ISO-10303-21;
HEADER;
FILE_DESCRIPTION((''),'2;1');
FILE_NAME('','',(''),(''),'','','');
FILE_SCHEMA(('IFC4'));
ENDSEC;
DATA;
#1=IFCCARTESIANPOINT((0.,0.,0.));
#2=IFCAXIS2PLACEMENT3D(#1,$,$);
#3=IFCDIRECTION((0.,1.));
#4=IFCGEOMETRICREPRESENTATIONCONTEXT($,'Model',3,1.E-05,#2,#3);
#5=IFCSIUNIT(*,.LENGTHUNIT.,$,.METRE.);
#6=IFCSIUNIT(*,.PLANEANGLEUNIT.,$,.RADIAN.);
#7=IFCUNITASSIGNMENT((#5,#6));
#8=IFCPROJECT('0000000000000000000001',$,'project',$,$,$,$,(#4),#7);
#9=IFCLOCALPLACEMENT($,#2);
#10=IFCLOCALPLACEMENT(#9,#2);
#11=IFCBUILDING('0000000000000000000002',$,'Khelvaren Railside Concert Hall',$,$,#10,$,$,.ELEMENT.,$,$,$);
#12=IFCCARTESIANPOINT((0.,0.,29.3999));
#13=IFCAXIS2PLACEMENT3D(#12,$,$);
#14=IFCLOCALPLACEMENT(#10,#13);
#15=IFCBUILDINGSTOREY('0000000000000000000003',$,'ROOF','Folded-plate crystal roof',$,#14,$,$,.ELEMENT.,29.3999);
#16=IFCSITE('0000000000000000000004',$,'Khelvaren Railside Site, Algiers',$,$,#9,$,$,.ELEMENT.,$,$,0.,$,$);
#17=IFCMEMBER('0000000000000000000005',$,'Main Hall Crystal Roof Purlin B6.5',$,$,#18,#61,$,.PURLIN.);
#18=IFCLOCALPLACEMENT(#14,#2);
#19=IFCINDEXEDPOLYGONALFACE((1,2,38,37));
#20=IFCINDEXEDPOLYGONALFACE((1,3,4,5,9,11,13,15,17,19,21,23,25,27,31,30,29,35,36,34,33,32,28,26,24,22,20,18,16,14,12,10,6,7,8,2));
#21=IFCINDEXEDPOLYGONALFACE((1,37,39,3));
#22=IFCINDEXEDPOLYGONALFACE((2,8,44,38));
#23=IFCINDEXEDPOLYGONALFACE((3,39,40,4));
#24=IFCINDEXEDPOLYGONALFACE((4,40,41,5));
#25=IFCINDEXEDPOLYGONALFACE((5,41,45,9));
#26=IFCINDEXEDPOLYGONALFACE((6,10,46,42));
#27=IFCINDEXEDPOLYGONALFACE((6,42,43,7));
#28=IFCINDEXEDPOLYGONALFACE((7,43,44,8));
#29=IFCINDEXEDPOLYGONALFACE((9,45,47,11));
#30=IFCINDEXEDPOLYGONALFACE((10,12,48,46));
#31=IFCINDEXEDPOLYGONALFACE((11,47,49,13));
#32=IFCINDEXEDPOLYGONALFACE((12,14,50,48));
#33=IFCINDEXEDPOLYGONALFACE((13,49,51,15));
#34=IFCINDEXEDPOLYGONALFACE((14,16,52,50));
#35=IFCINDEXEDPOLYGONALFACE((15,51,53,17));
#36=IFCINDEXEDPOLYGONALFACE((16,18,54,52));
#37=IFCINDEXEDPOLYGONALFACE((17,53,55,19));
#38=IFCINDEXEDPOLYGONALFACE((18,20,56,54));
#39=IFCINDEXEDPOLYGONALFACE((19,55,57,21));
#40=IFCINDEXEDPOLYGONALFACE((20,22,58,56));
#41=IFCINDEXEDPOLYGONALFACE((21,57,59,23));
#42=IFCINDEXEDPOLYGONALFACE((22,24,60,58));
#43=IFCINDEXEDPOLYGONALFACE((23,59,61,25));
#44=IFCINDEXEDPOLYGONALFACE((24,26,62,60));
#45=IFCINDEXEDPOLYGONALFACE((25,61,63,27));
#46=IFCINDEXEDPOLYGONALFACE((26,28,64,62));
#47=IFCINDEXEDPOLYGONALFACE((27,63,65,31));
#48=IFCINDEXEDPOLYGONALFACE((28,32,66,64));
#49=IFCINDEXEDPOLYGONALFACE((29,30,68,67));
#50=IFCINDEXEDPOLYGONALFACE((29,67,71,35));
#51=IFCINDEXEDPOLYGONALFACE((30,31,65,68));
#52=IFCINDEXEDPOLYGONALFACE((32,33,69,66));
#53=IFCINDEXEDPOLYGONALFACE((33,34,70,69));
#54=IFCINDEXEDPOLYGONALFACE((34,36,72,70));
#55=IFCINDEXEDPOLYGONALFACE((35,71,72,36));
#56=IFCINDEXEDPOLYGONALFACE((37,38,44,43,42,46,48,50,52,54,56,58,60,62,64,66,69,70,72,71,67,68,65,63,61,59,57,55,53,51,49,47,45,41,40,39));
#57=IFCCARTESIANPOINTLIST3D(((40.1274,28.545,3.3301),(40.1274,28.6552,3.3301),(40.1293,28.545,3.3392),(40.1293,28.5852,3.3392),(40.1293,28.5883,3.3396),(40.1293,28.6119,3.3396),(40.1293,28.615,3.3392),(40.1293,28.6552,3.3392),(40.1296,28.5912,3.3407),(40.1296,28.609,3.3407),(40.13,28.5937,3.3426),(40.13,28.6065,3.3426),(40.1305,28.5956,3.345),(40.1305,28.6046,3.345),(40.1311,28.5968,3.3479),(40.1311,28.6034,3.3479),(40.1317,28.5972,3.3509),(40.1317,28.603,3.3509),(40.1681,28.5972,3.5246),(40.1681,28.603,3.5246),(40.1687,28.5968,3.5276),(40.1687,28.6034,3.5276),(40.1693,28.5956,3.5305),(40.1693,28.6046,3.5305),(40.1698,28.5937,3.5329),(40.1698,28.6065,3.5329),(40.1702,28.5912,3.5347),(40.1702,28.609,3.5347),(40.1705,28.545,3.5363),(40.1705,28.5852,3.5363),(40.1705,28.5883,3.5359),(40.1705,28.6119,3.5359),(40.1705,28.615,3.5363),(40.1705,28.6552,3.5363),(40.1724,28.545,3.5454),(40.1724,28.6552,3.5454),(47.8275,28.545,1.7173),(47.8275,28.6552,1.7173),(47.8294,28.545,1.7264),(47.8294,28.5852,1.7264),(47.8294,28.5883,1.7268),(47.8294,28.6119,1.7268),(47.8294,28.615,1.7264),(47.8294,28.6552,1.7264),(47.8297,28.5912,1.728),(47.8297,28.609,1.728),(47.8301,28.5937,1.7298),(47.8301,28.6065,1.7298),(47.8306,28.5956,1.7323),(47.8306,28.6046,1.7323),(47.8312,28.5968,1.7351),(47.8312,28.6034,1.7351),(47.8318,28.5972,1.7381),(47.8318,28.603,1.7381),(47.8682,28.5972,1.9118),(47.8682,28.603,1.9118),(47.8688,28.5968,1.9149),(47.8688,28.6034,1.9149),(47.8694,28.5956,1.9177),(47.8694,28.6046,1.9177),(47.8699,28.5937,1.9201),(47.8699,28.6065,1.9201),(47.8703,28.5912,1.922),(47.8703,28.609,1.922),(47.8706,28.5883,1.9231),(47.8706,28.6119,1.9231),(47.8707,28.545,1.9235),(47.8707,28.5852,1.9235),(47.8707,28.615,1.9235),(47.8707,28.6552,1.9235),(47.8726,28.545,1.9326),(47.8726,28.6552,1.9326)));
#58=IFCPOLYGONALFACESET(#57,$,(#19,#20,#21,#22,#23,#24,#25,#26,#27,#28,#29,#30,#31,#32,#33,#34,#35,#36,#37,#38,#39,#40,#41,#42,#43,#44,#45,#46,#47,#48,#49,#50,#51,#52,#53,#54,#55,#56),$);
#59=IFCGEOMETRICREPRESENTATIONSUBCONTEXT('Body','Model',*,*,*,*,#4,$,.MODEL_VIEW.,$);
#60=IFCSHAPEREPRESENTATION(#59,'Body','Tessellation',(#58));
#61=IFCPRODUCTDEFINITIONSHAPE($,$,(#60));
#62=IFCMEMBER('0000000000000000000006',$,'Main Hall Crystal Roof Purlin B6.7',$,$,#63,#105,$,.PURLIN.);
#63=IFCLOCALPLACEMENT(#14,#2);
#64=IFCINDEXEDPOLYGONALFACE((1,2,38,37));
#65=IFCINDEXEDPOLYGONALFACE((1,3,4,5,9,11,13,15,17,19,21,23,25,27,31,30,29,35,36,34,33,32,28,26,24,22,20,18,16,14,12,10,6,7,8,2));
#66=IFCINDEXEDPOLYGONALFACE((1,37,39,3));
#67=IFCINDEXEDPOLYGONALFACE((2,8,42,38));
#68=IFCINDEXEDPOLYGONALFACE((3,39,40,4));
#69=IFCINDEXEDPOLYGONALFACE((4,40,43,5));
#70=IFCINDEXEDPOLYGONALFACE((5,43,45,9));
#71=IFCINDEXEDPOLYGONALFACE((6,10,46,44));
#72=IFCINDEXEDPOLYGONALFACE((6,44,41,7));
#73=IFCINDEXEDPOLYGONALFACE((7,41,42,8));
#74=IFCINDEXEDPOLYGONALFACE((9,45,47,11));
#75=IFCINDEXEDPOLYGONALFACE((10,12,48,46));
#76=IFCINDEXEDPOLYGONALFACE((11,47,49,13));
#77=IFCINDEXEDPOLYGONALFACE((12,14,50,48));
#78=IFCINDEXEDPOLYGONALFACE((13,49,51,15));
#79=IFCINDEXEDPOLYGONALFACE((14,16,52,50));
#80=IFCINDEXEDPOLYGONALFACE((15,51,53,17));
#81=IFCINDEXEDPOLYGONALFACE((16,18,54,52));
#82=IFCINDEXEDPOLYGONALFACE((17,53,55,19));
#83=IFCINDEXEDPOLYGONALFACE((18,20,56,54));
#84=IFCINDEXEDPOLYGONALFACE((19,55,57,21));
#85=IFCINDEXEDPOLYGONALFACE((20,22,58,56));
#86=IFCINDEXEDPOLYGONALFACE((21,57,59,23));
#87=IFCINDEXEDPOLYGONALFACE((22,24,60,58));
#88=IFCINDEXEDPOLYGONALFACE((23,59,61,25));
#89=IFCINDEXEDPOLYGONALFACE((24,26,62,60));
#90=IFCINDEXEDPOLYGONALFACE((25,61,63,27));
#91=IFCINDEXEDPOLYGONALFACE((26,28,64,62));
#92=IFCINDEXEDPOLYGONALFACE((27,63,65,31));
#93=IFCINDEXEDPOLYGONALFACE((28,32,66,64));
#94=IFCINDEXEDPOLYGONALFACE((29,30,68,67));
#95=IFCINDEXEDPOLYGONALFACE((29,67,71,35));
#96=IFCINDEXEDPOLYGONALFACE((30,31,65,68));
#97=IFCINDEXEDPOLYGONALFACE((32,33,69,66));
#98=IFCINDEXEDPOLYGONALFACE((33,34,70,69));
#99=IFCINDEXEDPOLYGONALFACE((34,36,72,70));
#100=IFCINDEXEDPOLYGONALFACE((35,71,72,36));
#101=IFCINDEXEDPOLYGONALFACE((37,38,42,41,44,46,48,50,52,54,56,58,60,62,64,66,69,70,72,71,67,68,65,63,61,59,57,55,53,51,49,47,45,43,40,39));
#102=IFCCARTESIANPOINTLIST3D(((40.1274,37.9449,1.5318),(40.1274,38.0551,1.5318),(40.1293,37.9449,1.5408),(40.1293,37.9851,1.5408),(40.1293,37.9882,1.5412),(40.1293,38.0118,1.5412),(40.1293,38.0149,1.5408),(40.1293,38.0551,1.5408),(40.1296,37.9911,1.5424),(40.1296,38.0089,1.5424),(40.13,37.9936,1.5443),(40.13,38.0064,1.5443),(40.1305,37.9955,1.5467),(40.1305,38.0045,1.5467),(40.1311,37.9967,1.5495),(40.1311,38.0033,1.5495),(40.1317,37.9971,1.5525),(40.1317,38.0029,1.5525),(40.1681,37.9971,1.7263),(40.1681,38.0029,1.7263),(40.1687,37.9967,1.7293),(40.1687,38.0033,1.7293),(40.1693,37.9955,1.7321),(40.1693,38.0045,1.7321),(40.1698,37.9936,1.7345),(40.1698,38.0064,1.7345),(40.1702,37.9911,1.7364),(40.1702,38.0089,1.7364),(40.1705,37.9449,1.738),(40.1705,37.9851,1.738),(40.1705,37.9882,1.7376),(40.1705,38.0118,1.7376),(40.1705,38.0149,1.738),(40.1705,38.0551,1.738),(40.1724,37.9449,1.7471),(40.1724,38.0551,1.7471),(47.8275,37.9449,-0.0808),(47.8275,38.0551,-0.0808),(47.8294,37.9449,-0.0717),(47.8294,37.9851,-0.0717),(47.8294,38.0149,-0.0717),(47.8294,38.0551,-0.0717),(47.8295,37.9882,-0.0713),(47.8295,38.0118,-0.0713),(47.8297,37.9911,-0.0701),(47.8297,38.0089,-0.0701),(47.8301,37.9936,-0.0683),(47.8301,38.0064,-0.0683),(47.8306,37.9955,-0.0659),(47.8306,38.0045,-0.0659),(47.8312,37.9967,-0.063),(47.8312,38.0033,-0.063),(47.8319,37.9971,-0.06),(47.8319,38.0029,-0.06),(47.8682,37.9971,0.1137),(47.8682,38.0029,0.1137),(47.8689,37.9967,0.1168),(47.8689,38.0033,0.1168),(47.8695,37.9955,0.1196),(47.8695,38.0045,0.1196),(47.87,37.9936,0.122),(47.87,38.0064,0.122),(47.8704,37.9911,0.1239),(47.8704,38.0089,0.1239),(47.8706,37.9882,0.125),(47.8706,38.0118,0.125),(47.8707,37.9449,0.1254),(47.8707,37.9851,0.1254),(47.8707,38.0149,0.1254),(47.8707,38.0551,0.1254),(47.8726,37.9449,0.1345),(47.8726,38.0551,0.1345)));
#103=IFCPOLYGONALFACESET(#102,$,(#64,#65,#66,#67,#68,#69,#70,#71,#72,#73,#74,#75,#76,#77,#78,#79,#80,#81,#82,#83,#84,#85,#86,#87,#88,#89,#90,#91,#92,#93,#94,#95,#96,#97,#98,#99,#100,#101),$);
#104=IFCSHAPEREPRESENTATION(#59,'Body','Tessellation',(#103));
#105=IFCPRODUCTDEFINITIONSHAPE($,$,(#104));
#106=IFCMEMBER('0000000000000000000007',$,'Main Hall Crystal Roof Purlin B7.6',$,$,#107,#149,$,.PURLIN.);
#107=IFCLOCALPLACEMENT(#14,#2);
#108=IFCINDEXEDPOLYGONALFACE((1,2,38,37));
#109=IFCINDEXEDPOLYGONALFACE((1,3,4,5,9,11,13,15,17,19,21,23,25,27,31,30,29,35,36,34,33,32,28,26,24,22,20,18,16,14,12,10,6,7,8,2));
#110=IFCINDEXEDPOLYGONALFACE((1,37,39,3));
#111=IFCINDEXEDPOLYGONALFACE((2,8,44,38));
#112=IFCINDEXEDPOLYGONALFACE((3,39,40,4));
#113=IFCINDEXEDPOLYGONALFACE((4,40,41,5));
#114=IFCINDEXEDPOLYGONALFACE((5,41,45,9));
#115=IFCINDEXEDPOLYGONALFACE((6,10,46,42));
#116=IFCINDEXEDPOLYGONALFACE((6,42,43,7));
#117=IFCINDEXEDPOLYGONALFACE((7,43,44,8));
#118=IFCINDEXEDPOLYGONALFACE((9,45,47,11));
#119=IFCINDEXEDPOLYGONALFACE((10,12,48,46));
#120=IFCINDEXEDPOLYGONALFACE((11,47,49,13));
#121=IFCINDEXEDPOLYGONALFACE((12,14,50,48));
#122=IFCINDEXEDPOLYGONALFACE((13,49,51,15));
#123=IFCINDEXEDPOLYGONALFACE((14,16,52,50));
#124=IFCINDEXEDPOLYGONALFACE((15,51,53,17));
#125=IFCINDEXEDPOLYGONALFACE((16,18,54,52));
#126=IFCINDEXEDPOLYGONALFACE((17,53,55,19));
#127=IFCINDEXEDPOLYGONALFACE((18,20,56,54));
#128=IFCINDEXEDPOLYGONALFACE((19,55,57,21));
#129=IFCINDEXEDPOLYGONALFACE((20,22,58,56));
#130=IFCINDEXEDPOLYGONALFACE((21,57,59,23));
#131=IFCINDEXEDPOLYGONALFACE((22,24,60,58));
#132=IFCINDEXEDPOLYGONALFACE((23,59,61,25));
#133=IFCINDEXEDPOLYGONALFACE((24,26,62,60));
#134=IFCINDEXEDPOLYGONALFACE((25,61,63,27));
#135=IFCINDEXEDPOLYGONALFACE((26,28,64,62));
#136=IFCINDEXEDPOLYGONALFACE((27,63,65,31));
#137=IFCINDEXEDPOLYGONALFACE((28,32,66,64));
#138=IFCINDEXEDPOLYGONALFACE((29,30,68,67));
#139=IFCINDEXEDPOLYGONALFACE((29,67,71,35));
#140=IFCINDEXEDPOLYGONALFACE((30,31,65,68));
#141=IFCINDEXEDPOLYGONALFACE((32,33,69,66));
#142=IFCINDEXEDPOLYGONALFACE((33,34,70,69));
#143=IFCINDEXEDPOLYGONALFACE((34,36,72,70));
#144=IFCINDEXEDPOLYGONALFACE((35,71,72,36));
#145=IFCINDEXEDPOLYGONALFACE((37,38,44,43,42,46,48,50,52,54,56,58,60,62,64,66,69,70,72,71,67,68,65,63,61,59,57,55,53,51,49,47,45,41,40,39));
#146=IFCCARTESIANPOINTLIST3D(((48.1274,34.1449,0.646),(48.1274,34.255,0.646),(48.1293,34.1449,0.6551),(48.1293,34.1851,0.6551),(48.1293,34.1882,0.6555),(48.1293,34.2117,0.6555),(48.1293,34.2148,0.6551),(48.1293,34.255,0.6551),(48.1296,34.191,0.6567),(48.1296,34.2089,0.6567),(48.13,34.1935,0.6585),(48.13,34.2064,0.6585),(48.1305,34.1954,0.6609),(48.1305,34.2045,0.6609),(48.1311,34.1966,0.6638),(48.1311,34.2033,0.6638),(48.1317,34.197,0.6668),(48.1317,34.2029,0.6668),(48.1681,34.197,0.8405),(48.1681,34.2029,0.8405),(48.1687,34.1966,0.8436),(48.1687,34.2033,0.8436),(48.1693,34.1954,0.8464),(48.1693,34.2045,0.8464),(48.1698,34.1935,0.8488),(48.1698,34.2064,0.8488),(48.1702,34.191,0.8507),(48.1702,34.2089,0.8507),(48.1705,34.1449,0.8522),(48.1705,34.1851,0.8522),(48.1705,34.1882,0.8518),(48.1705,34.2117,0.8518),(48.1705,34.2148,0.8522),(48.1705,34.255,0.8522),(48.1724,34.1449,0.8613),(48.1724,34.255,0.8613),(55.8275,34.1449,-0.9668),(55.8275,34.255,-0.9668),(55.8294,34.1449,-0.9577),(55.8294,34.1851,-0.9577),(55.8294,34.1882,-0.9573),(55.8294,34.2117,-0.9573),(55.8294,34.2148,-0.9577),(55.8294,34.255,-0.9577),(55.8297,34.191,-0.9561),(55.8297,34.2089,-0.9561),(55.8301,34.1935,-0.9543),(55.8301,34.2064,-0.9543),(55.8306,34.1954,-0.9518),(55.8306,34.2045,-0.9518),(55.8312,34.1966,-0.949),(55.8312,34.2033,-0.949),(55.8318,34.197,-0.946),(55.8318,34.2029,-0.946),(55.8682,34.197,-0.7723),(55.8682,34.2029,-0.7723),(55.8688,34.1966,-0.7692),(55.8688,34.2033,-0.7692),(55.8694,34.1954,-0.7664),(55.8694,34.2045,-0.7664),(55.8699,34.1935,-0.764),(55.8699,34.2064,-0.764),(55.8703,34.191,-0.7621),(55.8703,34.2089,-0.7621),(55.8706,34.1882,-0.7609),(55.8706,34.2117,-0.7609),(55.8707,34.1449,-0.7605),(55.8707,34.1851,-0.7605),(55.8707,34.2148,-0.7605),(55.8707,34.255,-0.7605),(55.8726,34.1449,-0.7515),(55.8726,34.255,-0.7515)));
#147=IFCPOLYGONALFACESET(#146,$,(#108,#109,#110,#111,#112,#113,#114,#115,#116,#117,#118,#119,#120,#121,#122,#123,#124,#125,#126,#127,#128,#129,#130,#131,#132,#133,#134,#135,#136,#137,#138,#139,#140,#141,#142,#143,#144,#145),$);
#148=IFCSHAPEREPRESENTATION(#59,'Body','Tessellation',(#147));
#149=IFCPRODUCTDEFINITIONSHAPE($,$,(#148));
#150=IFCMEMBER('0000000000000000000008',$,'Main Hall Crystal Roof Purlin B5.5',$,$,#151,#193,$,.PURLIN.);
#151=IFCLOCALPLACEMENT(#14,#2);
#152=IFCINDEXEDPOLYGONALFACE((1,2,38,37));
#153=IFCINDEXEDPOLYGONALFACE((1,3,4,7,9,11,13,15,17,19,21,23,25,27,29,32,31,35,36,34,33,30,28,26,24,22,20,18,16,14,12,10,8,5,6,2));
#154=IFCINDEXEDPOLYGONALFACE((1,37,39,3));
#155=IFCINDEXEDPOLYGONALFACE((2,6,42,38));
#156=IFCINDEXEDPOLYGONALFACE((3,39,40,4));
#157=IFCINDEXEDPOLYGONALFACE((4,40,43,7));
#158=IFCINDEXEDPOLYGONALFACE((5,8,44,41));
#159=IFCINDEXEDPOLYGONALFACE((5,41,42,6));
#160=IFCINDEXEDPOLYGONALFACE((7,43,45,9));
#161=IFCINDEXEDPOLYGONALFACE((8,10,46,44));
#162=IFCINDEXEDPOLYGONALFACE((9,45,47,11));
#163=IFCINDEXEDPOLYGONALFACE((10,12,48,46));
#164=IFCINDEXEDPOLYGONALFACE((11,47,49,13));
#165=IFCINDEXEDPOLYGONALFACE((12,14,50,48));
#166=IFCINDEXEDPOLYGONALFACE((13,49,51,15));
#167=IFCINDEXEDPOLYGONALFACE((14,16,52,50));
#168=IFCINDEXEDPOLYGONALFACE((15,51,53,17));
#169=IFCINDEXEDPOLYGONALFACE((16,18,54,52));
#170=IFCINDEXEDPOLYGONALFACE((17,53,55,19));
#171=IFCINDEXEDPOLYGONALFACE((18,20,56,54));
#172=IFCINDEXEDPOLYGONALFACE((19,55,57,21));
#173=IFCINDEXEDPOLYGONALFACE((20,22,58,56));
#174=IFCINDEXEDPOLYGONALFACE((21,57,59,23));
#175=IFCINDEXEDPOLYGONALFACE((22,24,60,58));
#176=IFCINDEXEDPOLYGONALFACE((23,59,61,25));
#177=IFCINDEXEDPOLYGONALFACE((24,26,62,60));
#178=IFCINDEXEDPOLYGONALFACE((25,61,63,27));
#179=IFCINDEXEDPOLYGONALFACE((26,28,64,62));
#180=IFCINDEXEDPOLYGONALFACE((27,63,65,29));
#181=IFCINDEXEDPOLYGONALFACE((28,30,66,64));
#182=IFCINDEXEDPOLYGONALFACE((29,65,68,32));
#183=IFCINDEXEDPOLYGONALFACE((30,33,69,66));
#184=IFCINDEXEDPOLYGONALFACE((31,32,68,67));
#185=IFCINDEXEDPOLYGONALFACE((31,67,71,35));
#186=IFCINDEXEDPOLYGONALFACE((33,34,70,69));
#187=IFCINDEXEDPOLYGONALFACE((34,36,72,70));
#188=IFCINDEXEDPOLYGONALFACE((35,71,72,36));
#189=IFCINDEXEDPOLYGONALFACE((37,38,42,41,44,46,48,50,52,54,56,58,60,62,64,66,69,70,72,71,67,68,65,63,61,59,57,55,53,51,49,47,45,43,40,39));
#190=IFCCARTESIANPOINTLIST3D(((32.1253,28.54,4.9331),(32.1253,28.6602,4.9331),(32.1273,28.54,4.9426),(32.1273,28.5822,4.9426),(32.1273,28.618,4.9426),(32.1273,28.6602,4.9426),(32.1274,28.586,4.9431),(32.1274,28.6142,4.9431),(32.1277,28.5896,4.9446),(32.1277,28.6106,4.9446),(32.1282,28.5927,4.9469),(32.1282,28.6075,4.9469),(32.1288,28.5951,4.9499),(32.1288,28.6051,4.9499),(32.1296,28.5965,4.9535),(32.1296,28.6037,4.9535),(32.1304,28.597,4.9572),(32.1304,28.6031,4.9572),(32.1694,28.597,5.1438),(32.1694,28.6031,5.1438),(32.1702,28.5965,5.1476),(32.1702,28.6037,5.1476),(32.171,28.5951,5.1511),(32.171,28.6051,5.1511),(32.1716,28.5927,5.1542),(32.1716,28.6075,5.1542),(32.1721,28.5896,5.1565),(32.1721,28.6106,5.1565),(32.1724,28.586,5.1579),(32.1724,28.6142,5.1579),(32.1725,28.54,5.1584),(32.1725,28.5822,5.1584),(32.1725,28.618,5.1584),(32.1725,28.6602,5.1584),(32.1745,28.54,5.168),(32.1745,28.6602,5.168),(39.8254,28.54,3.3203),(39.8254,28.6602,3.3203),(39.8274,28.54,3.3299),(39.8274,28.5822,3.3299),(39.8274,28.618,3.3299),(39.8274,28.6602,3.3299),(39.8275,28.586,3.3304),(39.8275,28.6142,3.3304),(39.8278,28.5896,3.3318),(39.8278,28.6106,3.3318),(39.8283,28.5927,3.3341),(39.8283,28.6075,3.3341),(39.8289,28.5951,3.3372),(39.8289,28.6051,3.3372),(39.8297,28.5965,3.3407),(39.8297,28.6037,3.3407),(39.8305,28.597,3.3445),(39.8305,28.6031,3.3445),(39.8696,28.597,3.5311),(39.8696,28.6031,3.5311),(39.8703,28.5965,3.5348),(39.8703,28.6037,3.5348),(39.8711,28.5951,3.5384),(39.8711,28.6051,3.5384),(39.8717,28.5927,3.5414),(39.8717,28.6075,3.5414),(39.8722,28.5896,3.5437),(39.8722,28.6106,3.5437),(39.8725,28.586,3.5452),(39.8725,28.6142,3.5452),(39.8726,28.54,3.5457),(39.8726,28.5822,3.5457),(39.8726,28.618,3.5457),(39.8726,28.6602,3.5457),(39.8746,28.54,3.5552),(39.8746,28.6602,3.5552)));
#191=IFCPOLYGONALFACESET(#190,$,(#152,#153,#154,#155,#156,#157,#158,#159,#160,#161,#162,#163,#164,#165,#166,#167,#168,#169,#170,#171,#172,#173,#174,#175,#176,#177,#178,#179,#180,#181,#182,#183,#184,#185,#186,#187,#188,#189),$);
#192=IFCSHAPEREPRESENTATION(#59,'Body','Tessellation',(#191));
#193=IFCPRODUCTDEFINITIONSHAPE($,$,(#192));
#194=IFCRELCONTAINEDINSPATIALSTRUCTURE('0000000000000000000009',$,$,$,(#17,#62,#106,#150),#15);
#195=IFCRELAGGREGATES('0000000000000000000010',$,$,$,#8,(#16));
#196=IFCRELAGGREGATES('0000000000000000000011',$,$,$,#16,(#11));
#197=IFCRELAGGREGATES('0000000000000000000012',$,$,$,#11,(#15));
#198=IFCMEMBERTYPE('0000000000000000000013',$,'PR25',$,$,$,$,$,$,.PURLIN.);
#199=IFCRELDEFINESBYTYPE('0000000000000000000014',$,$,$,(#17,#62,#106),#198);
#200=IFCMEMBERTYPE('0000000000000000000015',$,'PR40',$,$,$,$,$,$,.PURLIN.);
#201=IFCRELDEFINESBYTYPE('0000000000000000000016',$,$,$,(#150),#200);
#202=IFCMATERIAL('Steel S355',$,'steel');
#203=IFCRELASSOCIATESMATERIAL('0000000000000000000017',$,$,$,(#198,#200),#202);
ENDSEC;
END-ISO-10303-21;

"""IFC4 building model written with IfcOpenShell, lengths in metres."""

from ifc_helpers import new_model, si_unit, direction, frame, origin, origin_2d, place, context, subcontext, project, spatial, i_section, extrude, material, material_profile, profile_set, type_object, element, save


model = new_model("IFC4")

# Units and contexts
model_context = context("Model", 3, precision=1e-05, world=origin(), true_north=direction((0.0, 1.0)))
body_context = subcontext(model_context, "Body", "Model", "MODEL_VIEW")
ifc_project = project(units=[si_unit("LENGTHUNIT", "METRE"), si_unit("PLANEANGLEUNIT", "RADIAN")], contexts=[model_context])

# Site, building, storey
site_placement = place(None, origin())
site = spatial("IfcSite", under=ifc_project, at=site_placement, Name="Khelvaren Railside Site, Algiers", CompositionType="ELEMENT", RefElevation=0.0)
building_placement = place(site_placement, origin())
building = spatial("IfcBuilding", under=site, at=building_placement, Name="Khelvaren Railside Concert Hall", CompositionType="ELEMENT")
storey_placement = place(building_placement, frame((0.0, 0.0, 29.3999)))
storey = spatial("IfcBuildingStorey", under=building, at=storey_placement, Name="ROOF", Description="Folded-plate crystal roof", CompositionType="ELEMENT", Elevation=29.3999)

# Shared definitions
ifc_material_1 = material(Name="Steel S355", Category="steel")

# Members
ifc_material_profile_1 = material_profile(ifc_material_1, i_section(OverallWidth=0.1101, OverallDepth=0.22, WebThickness=0.0059, FlangeThickness=0.0093, FilletRadius=0.012, at=origin_2d()), Name="IPE 220")
ifc_profile_set_1 = profile_set([ifc_material_profile_1], Name="Steel S355")
member_type_1 = type_object("IfcMemberType", Name="PR25", PredefinedType="PURLIN", material=ifc_profile_set_1)
for number, where, z_axis, x_axis, name in (
    (1, (40.1499, 28.6001, 3.4377), (0.978762, 0.0, -0.205), (0.0, 1.0, 0.0), "Main Hall Crystal Roof Purlin B6.5"),
    (2, (40.1499, 38.0, 1.6394), (0.978768, 0.0, -0.20497), (0.0, 1.0, 0.0), "Main Hall Crystal Roof Purlin B6.7"),
    (3, (48.1499, 34.2, 0.7537), (0.978762, 0.0, -0.205), (0.0, 1.0, 0.0), "Main Hall Crystal Roof Purlin B7.6"),
):
    element("IfcMember", number, at=place(storey_placement, frame(where, z_axis=z_axis, x_axis=x_axis)), inside=storey, type_object=member_type_1, Name=name, PredefinedType="PURLIN", context=body_context, shape_type="SweptSolid", body=[
        extrude(i_section(OverallWidth=0.1101, OverallDepth=0.22, WebThickness=0.0059, FlangeThickness=0.0093, FilletRadius=0.012, at=origin_2d()), origin(), (0.0, 0.0, 1.0), 7.8672),
    ])
ifc_material_profile_2 = material_profile(ifc_material_1, i_section(OverallWidth=0.1201, OverallDepth=0.24, WebThickness=0.0061, FlangeThickness=0.0098, FilletRadius=0.0149, at=origin_2d()), Name="IPE 240")
ifc_profile_set_2 = profile_set([ifc_material_profile_2], Name="Steel S355")
member_type_2 = type_object("IfcMemberType", Name="PR40", PredefinedType="PURLIN", material=ifc_profile_set_2)
for number, where, z_axis, x_axis, name in (
    (4, (32.1499, 28.6001, 5.0505), (0.978762, 0.0, -0.205), (0.0, 1.0, 0.0), "Main Hall Crystal Roof Purlin B5.5"),
):
    element("IfcMember", number, at=place(storey_placement, frame(where, z_axis=z_axis, x_axis=x_axis)), inside=storey, type_object=member_type_2, Name=name, PredefinedType="PURLIN", context=body_context, shape_type="SweptSolid", body=[
        extrude(i_section(OverallWidth=0.1201, OverallDepth=0.24, WebThickness=0.0061, FlangeThickness=0.0098, FilletRadius=0.0149, at=origin_2d()), origin(), (0.0, 0.0, 1.0), 7.8672),
    ])

save(model, "model.ifc")
